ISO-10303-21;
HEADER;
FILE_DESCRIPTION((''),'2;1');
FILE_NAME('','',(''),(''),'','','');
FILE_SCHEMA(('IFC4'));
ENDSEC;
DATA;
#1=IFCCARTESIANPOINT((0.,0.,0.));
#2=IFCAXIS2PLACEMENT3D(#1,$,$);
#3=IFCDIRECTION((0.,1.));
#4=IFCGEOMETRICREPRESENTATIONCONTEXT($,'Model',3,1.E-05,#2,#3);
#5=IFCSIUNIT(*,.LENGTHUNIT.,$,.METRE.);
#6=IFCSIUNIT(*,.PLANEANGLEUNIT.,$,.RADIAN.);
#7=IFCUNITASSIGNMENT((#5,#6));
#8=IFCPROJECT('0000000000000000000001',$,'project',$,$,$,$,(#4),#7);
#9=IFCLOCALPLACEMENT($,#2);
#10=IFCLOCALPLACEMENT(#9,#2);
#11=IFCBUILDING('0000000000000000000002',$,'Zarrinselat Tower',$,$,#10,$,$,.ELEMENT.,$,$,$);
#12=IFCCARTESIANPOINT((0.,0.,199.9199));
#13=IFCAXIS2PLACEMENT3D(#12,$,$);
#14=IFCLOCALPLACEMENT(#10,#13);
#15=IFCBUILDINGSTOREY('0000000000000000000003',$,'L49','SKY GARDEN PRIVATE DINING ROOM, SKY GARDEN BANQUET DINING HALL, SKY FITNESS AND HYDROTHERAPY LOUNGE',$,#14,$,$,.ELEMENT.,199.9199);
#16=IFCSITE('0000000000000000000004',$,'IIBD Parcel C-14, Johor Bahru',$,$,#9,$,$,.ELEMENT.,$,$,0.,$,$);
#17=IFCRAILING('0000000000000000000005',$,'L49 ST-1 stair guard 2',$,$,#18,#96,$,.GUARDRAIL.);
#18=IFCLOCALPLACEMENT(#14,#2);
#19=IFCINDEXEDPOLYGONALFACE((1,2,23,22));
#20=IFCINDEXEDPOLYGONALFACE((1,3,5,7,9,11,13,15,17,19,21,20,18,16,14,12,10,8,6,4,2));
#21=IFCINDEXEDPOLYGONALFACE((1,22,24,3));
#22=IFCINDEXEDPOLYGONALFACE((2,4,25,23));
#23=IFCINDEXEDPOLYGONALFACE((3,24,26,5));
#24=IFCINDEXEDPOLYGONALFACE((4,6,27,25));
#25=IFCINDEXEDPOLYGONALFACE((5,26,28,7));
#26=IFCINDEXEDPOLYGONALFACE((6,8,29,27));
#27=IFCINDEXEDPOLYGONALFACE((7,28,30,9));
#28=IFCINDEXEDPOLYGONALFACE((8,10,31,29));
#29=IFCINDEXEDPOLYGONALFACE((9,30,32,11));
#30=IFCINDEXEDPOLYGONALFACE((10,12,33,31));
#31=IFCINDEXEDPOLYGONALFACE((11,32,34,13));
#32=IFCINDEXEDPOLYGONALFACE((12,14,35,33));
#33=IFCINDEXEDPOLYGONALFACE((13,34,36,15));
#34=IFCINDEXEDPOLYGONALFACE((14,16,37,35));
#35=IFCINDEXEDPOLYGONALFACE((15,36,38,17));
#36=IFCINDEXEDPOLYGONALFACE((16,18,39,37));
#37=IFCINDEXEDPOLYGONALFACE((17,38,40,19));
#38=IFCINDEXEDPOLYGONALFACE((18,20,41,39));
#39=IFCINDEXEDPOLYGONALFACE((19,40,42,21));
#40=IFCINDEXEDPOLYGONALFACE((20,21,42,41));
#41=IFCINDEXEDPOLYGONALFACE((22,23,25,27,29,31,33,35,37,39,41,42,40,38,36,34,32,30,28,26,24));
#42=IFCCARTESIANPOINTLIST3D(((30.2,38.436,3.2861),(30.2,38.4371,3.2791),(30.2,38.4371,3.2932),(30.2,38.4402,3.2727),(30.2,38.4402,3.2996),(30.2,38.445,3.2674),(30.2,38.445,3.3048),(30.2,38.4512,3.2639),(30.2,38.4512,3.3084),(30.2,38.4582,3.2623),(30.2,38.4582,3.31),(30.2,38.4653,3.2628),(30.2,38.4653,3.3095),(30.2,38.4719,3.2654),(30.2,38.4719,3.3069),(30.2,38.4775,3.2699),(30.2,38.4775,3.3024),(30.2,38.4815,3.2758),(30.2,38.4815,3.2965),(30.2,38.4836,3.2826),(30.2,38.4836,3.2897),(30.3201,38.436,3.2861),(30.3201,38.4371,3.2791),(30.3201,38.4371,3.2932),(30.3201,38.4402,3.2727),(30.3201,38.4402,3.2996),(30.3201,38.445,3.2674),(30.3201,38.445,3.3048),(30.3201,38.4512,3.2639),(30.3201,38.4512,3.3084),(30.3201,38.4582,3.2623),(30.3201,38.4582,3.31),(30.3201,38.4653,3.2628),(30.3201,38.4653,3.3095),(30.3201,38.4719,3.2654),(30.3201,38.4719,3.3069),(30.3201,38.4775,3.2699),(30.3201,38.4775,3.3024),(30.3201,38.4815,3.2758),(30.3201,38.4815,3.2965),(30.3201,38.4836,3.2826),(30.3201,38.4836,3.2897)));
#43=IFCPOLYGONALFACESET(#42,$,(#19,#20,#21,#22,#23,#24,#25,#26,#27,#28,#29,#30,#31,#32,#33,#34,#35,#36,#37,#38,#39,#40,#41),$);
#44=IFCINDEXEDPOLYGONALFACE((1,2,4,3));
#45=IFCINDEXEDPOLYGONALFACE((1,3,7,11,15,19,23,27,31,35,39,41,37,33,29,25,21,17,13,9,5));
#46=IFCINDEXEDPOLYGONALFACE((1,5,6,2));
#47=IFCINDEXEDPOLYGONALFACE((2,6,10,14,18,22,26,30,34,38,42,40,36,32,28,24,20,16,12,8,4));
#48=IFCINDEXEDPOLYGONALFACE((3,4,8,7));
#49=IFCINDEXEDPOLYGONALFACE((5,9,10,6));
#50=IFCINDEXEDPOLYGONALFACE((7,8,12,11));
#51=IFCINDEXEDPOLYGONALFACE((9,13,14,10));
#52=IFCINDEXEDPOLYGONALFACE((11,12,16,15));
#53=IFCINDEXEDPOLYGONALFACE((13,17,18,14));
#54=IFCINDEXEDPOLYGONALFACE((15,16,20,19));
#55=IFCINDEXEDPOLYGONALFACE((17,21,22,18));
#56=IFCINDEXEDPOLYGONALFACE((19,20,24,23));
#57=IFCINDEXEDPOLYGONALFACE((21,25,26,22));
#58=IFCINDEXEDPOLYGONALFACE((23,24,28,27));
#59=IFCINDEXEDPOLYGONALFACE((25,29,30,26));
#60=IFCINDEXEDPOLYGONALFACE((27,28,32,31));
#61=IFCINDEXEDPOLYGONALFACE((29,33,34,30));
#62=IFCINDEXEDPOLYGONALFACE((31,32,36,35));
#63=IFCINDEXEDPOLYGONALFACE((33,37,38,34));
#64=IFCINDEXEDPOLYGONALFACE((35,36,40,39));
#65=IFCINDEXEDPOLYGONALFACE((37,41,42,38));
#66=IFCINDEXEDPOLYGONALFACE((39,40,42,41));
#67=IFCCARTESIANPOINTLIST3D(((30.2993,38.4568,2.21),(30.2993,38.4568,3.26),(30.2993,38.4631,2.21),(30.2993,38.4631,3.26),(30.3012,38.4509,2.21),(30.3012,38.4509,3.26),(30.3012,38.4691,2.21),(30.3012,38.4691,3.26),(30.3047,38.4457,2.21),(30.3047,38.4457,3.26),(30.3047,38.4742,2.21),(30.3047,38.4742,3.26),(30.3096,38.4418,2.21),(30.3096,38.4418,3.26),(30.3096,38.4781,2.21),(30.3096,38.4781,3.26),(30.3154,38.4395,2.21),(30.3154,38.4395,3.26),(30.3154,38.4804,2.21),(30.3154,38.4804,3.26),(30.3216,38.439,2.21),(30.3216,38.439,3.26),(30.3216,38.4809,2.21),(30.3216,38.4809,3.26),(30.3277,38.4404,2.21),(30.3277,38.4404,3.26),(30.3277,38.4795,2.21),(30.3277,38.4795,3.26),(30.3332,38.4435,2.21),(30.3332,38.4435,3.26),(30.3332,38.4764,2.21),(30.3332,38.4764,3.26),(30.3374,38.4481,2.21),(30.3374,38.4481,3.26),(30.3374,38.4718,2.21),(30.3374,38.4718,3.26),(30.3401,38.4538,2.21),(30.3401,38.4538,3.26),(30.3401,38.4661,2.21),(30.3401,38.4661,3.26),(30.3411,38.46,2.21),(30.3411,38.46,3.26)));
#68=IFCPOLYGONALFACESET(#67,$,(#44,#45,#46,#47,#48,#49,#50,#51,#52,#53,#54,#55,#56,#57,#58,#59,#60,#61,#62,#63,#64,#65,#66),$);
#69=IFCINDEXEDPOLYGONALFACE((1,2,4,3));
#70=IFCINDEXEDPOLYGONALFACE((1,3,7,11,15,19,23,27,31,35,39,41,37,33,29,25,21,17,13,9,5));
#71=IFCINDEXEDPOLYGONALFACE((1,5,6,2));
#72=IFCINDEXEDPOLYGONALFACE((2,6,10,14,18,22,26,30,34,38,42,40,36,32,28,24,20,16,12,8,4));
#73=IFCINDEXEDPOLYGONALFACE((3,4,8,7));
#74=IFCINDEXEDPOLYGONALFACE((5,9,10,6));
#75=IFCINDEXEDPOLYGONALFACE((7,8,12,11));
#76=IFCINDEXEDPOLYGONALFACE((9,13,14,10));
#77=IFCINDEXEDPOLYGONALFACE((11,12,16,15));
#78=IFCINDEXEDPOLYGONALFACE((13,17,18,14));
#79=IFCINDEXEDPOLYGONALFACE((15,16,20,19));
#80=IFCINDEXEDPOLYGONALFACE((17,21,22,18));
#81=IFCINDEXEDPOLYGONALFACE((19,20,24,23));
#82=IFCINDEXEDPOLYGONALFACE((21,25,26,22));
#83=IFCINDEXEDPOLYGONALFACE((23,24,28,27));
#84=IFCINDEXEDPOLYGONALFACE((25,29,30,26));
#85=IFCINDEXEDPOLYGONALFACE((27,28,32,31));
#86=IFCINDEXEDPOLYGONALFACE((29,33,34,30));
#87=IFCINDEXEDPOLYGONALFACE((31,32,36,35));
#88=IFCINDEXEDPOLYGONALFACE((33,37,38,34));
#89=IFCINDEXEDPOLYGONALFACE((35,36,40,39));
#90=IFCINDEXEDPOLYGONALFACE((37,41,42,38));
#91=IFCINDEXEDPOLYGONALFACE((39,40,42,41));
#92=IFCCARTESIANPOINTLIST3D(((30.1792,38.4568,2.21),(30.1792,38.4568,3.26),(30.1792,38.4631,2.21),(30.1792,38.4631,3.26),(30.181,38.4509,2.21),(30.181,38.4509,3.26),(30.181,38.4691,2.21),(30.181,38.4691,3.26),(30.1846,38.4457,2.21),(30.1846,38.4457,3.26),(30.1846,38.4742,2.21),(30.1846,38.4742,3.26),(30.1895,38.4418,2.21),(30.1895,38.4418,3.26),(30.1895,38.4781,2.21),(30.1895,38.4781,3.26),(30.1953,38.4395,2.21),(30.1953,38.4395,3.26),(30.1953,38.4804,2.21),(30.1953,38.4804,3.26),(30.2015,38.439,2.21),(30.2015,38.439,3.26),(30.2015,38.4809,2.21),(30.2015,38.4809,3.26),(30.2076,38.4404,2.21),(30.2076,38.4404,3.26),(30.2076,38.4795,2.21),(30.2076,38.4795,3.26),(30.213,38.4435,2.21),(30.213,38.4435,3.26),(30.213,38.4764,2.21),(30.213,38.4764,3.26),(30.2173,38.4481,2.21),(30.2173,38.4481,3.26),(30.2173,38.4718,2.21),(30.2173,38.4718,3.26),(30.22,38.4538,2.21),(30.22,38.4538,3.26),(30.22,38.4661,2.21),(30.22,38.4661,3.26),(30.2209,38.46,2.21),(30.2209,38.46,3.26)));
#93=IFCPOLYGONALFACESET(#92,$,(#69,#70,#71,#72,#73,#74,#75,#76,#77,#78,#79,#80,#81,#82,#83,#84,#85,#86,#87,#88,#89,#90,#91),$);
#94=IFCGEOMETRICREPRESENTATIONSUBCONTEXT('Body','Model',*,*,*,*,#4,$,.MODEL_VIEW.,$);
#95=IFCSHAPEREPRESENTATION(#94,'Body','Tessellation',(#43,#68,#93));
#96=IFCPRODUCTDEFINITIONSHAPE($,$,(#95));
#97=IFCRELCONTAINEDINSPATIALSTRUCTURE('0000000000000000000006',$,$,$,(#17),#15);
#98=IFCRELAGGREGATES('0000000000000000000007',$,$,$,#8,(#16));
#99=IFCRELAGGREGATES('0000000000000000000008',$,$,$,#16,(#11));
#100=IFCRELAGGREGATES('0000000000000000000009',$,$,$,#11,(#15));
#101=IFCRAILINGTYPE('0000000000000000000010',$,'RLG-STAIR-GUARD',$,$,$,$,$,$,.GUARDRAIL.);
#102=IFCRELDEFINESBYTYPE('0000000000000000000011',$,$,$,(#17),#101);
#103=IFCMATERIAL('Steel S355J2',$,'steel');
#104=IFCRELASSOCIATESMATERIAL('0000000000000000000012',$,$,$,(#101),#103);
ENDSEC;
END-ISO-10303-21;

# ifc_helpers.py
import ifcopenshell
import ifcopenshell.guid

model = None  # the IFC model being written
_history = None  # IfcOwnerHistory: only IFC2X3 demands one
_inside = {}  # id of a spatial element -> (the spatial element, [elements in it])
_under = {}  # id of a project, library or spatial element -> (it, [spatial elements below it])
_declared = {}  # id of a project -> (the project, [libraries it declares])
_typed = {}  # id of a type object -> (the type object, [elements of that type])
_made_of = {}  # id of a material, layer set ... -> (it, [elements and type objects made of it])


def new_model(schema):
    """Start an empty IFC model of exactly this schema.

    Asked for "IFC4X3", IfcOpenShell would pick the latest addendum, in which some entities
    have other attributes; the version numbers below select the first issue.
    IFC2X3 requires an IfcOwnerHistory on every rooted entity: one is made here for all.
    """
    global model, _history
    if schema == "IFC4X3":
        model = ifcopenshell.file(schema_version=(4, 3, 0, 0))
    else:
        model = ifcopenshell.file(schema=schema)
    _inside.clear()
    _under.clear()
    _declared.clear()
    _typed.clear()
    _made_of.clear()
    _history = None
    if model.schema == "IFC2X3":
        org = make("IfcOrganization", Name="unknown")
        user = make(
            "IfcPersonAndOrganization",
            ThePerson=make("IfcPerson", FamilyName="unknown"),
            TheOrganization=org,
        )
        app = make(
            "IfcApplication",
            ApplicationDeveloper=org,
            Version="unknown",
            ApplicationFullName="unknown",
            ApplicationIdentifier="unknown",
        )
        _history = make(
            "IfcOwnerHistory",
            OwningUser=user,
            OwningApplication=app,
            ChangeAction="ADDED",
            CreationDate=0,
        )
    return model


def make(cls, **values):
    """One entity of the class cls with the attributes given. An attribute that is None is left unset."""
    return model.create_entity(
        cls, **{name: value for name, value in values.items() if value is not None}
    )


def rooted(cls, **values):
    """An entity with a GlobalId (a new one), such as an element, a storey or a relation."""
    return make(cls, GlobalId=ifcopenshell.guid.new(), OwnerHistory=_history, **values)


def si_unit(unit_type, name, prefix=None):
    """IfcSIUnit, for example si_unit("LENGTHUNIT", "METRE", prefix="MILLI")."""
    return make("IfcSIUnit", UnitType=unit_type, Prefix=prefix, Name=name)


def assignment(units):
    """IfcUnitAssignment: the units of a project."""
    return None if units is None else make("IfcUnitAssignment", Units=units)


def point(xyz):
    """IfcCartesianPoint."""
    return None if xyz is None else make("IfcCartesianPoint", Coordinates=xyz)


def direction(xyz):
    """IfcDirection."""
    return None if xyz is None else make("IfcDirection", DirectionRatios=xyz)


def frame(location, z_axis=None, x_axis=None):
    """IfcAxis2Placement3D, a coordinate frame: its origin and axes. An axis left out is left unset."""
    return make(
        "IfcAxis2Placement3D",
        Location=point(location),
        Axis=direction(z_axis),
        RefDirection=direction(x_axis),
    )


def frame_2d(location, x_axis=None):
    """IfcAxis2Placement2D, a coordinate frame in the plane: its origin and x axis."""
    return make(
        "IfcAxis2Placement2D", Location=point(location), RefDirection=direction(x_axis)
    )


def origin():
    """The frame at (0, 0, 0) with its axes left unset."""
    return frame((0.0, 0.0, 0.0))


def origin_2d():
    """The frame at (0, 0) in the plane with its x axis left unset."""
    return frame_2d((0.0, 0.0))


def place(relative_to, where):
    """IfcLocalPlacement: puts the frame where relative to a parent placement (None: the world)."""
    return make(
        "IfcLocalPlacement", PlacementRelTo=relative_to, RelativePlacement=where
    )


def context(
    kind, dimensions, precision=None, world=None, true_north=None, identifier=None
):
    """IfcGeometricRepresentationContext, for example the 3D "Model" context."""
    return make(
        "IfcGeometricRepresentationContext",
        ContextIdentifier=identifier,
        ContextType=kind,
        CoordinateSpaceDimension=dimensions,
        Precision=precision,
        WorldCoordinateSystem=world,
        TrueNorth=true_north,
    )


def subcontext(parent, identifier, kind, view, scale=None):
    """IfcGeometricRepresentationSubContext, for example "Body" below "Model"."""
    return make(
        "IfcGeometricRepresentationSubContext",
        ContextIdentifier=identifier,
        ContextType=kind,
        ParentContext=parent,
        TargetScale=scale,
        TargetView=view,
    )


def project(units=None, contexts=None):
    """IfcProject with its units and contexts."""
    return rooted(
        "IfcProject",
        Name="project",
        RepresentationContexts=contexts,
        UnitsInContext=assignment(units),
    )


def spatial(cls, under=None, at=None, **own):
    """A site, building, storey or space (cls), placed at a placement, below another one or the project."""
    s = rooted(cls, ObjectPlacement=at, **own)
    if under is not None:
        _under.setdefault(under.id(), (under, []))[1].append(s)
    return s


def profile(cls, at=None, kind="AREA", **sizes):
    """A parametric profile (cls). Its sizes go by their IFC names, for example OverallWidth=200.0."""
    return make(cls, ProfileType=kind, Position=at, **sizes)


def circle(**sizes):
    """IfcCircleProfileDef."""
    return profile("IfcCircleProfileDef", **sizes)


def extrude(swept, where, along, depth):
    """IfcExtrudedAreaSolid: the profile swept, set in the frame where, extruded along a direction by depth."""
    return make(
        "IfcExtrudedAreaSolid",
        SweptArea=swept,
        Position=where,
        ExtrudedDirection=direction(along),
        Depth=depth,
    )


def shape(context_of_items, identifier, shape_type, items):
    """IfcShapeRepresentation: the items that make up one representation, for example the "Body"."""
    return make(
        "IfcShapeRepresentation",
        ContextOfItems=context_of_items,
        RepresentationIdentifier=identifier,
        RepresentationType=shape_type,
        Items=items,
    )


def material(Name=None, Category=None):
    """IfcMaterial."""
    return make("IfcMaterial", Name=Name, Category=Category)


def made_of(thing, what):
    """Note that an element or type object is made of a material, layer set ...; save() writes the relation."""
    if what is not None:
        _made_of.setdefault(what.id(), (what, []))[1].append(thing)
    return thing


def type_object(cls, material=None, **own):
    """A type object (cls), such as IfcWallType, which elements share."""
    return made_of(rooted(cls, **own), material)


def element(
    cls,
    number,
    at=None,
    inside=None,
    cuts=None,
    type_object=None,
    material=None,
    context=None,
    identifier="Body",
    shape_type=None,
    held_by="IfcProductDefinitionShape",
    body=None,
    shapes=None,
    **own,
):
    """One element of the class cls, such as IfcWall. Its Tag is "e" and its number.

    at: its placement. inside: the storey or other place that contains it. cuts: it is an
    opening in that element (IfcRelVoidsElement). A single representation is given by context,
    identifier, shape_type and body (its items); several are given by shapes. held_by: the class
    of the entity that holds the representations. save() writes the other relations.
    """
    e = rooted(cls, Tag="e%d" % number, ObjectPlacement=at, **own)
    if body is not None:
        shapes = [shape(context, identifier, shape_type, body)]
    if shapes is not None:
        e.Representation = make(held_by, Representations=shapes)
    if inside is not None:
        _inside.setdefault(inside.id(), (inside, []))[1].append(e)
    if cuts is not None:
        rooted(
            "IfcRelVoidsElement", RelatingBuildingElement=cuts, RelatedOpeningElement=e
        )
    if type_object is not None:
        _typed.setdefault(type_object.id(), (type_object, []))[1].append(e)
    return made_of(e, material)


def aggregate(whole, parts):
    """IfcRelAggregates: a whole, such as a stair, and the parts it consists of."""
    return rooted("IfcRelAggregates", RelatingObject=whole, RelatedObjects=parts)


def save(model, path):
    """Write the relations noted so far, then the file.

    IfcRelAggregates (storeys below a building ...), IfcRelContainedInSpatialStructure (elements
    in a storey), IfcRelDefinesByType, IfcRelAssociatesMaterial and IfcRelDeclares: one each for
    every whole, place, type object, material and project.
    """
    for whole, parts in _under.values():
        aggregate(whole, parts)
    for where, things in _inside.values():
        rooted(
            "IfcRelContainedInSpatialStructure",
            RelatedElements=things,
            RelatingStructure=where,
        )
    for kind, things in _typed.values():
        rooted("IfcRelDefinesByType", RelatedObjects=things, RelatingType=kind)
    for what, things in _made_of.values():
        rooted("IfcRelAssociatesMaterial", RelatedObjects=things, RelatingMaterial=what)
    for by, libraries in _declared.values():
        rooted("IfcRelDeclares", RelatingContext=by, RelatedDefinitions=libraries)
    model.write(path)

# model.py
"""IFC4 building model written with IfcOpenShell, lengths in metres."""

from ifc_helpers import new_model, si_unit, direction, frame, origin, origin_2d, place, context, subcontext, project, spatial, circle, extrude, material, type_object, element, save


model = new_model("IFC4")

# Units and contexts
model_context = context("Model", 3, precision=1e-05, world=origin(), true_north=direction((0.0, 1.0)))
body_context = subcontext(model_context, "Body", "Model", "MODEL_VIEW")
ifc_project = project(units=[si_unit("LENGTHUNIT", "METRE"), si_unit("PLANEANGLEUNIT", "RADIAN")], contexts=[model_context])

# Site, building, storey
site_placement = place(None, origin())
site = spatial("IfcSite", under=ifc_project, at=site_placement, Name="IIBD Parcel C-14, Johor Bahru", CompositionType="ELEMENT", RefElevation=0.0)
building_placement = place(site_placement, origin())
building = spatial("IfcBuilding", under=site, at=building_placement, Name="Zarrinselat Tower", CompositionType="ELEMENT")
storey_placement = place(building_placement, frame((0.0, 0.0, 199.9199)))
storey = spatial("IfcBuildingStorey", under=building, at=storey_placement, Name="L49", Description="SKY GARDEN PRIVATE DINING ROOM, SKY GARDEN BANQUET DINING HALL, SKY FITNESS AND HYDROTHERAPY LOUNGE", CompositionType="ELEMENT", Elevation=199.9199)

# Railing
ifc_material_1 = material(Name="Steel S355J2", Category="steel")
railing_type_1 = type_object("IfcRailingType", Name="RLG-STAIR-GUARD", PredefinedType="GUARDRAIL", material=ifc_material_1)
railing_1_placement = place(storey_placement, frame((30.3201, 38.46, 2.21)))
element("IfcRailing", 1, at=railing_1_placement, inside=storey, type_object=railing_type_1, Name="L49 ST-1 stair guard 2", PredefinedType="GUARDRAIL", context=body_context, shape_type="SweptSolid", body=[
    extrude(circle(Radius=0.0239, at=origin_2d()), frame((0.0, 0.0, 1.0762), z_axis=(-1.0, 0.0, 0.0), x_axis=(0.0, -1.0, 0.0)), (0.0, 0.0, 1.0), 0.1201),
    extrude(circle(Radius=0.021, at=origin_2d()), origin(), (0.0, 0.0, 1.0), 1.05),
    extrude(circle(Radius=0.021, at=origin_2d()), frame((-0.1201, 0.0, 0.0)), (0.0, 0.0, 1.0), 1.05),
])

save(model, "model.ifc")
